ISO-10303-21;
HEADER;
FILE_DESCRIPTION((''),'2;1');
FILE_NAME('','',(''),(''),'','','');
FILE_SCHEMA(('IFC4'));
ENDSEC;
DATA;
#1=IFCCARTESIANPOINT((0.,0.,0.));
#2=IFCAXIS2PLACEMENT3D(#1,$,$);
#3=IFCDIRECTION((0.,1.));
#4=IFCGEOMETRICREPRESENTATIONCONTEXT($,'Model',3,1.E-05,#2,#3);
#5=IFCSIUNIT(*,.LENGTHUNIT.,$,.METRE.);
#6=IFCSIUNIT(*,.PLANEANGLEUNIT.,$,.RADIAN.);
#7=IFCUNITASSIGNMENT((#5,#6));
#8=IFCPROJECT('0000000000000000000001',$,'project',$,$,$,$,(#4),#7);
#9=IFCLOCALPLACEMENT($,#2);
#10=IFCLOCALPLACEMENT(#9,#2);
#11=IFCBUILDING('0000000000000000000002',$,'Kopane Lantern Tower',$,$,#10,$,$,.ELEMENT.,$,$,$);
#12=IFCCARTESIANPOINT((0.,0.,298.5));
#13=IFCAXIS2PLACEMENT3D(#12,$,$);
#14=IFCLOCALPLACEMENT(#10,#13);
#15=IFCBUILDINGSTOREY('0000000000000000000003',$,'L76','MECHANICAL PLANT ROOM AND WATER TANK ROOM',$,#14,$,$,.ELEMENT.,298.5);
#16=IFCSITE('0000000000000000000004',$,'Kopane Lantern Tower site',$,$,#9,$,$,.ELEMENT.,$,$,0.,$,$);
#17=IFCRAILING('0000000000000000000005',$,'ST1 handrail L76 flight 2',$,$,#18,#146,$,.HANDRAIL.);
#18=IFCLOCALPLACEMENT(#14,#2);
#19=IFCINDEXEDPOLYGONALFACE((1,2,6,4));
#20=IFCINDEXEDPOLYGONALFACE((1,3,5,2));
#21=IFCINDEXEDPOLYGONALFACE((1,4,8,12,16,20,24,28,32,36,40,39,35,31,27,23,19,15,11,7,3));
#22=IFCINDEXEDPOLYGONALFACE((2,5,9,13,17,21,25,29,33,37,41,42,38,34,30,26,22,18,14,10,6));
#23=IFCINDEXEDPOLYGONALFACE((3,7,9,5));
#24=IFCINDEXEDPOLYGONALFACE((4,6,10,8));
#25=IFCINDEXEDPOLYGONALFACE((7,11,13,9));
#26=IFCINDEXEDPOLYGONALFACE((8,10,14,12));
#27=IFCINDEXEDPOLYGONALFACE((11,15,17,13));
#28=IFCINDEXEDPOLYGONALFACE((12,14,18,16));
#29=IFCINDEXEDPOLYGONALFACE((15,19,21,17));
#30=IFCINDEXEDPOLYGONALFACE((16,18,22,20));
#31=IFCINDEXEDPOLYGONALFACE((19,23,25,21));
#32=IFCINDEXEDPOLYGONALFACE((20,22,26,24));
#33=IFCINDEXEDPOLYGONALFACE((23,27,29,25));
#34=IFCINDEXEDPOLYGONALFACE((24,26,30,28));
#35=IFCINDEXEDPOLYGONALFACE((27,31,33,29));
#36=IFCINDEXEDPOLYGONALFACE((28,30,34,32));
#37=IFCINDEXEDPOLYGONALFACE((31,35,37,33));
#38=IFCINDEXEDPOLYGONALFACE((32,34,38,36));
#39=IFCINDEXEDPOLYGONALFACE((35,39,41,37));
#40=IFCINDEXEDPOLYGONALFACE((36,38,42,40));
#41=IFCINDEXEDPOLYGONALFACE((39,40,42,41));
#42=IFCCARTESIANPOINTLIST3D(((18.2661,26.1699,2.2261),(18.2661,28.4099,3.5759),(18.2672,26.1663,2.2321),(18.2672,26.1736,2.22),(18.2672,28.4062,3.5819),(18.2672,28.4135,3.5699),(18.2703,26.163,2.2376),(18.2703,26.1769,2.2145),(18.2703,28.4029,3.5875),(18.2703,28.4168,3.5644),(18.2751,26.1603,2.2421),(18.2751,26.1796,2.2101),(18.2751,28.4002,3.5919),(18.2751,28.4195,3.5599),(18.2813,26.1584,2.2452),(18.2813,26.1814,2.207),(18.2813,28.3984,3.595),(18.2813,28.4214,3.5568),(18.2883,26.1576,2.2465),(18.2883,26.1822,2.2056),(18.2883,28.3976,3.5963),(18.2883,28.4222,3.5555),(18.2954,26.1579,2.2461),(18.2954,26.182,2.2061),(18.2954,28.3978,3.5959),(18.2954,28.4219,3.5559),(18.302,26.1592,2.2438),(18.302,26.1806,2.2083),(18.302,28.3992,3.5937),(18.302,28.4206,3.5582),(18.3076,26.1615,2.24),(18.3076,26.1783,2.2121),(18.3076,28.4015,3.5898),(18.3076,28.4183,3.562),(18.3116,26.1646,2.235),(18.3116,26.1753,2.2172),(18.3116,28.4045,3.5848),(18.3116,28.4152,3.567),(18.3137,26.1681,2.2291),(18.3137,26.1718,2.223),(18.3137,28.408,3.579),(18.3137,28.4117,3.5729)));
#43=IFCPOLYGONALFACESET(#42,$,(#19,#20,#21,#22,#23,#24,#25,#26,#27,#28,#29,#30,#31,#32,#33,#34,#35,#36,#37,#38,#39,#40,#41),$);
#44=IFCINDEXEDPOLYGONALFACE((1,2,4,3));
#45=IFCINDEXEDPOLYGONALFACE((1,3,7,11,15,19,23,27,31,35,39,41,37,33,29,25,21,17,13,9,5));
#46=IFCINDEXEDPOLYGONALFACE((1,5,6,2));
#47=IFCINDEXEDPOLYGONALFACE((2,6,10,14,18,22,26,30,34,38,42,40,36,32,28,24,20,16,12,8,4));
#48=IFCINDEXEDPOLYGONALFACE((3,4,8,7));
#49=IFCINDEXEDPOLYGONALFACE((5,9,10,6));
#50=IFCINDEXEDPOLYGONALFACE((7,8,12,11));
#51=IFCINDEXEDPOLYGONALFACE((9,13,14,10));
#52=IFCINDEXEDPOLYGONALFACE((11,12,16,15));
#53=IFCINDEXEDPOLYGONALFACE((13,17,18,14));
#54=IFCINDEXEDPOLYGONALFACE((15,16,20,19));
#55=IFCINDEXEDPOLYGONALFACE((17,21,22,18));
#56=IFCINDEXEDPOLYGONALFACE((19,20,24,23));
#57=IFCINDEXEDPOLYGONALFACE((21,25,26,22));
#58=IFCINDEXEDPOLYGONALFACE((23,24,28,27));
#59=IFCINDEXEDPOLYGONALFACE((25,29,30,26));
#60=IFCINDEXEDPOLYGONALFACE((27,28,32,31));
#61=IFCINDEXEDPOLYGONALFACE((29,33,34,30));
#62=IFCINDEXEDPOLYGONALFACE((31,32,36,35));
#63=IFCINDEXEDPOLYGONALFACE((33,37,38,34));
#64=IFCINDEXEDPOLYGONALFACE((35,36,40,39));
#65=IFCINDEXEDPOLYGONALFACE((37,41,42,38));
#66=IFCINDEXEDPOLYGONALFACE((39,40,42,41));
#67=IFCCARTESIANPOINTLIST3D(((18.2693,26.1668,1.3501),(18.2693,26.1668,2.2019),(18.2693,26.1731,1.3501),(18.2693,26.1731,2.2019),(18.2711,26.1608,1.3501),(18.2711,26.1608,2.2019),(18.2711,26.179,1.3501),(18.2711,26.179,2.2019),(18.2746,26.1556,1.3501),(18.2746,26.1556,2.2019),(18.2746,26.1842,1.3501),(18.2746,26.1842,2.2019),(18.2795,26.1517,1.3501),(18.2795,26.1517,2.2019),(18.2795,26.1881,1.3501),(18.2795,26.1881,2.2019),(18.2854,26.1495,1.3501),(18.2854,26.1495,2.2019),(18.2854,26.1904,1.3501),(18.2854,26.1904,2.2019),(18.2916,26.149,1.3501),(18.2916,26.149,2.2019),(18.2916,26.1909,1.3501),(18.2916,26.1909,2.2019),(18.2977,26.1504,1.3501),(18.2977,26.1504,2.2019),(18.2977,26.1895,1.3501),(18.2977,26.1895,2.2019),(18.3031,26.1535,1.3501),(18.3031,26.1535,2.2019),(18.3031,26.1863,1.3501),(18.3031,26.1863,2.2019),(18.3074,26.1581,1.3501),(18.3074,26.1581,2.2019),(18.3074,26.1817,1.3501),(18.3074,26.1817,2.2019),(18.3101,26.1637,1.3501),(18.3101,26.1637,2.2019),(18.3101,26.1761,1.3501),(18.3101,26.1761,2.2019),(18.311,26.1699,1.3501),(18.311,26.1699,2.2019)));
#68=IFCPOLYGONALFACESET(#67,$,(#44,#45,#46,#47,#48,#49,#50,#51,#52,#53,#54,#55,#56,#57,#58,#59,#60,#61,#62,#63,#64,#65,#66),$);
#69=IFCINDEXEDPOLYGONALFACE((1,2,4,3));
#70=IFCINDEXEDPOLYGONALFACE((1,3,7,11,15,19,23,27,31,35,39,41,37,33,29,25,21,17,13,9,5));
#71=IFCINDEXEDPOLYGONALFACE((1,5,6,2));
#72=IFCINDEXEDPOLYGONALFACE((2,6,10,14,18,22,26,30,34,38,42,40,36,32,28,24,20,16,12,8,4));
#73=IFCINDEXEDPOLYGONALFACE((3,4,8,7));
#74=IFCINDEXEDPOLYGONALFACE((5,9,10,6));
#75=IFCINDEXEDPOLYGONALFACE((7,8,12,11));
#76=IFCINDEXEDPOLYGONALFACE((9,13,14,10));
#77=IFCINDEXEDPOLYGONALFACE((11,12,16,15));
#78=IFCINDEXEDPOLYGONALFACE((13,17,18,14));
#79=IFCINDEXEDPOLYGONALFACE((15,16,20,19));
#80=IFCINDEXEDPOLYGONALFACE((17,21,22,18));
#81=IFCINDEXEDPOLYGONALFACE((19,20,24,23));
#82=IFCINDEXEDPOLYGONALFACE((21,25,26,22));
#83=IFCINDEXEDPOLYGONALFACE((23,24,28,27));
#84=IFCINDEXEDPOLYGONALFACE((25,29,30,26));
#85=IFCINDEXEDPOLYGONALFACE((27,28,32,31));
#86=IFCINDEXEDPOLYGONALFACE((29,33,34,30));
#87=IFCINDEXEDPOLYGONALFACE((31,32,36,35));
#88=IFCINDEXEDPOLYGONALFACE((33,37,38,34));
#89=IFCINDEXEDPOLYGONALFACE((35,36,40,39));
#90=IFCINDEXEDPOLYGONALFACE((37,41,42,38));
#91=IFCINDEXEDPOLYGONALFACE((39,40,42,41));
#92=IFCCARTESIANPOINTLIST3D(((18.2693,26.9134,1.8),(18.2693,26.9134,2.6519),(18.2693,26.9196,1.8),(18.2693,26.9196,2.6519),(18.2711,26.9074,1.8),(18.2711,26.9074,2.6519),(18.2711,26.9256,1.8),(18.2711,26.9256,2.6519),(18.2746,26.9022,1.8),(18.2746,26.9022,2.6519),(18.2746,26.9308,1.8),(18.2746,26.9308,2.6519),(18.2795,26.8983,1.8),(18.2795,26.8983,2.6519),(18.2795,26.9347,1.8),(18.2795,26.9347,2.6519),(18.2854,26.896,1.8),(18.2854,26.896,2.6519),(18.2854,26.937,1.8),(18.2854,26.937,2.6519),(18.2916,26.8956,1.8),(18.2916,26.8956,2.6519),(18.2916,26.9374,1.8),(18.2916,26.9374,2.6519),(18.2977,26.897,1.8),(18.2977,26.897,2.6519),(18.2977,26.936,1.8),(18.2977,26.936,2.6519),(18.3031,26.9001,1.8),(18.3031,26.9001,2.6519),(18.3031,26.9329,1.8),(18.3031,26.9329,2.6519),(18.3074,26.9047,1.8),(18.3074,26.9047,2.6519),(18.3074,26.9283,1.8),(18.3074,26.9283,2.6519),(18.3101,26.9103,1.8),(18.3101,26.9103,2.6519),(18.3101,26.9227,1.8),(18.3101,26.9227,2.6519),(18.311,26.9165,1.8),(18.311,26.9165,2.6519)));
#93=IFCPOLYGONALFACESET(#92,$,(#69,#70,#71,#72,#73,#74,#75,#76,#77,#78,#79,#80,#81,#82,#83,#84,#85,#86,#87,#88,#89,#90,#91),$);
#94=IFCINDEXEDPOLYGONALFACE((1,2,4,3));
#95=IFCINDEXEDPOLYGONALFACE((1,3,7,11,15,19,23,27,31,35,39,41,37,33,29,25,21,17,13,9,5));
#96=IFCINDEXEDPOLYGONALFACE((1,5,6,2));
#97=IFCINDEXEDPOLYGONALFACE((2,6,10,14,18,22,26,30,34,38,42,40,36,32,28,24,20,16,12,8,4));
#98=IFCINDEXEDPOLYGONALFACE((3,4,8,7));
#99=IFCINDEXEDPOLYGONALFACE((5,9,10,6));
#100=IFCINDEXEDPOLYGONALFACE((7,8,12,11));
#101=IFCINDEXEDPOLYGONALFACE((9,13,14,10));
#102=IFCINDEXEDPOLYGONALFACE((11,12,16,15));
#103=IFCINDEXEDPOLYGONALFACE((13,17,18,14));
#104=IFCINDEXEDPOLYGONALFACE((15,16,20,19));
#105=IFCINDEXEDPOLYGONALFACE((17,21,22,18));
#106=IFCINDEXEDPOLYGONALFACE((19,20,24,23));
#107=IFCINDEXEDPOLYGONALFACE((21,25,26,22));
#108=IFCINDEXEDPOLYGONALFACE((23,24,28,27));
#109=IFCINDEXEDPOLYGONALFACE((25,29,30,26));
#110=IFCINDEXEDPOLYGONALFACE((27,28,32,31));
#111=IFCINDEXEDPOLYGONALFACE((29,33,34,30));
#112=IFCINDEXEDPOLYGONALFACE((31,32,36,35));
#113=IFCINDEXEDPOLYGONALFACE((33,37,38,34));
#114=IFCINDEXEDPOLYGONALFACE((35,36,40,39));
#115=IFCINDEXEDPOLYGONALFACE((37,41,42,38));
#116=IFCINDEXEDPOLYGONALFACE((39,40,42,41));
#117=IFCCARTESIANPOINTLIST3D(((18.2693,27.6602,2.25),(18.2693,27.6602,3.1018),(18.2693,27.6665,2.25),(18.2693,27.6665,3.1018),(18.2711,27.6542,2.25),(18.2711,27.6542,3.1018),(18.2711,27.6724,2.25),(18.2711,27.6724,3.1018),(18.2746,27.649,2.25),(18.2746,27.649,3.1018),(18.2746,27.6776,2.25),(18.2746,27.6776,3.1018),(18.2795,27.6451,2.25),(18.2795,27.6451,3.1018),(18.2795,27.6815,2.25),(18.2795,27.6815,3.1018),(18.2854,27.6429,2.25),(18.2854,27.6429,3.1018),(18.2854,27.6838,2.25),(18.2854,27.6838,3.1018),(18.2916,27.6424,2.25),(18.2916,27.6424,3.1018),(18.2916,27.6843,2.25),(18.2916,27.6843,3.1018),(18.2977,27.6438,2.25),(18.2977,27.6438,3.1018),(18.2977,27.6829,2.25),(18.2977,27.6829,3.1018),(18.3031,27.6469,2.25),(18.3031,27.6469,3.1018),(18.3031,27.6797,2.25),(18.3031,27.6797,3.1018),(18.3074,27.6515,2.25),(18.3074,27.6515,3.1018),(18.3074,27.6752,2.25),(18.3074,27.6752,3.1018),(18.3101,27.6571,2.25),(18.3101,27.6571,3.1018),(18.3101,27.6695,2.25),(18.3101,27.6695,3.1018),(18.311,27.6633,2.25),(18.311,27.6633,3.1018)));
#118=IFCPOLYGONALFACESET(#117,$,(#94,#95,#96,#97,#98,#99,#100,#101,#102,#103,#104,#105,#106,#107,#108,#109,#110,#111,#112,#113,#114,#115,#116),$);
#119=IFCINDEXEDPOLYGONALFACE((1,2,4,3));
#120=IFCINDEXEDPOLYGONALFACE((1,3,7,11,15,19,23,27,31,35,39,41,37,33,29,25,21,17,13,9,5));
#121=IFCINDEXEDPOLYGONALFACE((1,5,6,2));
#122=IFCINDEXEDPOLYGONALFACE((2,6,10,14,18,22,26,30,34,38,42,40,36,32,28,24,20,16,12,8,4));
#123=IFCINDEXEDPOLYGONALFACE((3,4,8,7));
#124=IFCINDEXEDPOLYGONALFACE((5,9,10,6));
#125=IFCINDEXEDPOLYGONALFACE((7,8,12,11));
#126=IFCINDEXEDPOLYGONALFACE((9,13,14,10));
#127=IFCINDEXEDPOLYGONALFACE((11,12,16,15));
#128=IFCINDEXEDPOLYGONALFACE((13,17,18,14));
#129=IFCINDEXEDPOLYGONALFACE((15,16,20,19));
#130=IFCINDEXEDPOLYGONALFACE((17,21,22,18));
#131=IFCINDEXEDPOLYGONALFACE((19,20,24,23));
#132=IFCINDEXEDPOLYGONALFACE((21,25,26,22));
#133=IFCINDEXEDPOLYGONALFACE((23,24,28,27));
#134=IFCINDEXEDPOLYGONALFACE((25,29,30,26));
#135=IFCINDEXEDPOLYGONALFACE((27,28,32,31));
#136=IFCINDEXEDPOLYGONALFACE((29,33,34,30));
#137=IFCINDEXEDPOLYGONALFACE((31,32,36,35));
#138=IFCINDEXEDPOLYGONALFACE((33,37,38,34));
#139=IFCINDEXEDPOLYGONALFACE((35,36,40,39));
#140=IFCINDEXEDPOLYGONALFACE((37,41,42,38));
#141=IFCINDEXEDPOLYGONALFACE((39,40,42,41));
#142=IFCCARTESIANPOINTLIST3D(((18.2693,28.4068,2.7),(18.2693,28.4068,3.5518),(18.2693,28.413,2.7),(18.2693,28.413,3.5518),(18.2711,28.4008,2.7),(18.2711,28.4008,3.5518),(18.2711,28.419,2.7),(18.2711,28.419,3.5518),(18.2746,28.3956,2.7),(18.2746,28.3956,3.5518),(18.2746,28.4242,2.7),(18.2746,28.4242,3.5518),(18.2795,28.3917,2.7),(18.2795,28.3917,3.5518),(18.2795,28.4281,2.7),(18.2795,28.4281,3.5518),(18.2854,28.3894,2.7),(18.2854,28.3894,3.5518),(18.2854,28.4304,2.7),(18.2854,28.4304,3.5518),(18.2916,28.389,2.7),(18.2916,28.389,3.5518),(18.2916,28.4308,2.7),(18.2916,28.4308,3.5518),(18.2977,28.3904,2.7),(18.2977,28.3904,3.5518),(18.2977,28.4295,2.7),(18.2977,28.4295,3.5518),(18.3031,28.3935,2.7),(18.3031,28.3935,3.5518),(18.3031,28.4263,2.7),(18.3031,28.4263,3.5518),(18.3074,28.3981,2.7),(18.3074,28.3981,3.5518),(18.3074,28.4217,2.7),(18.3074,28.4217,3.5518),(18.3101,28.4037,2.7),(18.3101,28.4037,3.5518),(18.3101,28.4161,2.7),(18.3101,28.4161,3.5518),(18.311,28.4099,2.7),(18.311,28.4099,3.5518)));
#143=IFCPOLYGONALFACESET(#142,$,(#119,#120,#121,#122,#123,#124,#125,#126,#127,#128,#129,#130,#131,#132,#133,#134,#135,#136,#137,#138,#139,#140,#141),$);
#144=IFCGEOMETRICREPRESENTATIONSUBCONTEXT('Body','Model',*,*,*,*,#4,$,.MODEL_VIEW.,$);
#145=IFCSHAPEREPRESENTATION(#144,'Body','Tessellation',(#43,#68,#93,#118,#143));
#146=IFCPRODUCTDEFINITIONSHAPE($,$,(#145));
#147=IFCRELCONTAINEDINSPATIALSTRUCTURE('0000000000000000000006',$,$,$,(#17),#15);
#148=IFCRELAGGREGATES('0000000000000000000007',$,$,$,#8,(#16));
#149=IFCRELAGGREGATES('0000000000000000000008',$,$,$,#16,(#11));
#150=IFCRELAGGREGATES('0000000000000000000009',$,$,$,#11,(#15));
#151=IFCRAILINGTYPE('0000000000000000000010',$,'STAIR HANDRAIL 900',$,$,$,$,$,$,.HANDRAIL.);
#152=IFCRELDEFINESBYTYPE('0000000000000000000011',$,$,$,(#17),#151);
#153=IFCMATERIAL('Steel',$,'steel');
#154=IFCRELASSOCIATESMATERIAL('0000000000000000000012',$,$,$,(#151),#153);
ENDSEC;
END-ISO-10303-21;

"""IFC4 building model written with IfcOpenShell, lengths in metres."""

from ifc_helpers import new_model, si_unit, direction, frame, origin, origin_2d, place, context, subcontext, project, spatial, circle, extrude, material, type_object, element, save


model = new_model("IFC4")

# Units and contexts
model_context = context("Model", 3, precision=1e-05, world=origin(), true_north=direction((0.0, 1.0)))
body_context = subcontext(model_context, "Body", "Model", "MODEL_VIEW")
ifc_project = project(units=[si_unit("LENGTHUNIT", "METRE"), si_unit("PLANEANGLEUNIT", "RADIAN")], contexts=[model_context])

# Site, building, storey
site_placement = place(None, origin())
site = spatial("IfcSite", under=ifc_project, at=site_placement, Name="Kopane Lantern Tower site", CompositionType="ELEMENT", RefElevation=0.0)
building_placement = place(site_placement, origin())
building = spatial("IfcBuilding", under=site, at=building_placement, Name="Kopane Lantern Tower", CompositionType="ELEMENT")
storey_placement = place(building_placement, frame((0.0, 0.0, 298.5)))
storey = spatial("IfcBuildingStorey", under=building, at=storey_placement, Name="L76", Description="MECHANICAL PLANT ROOM AND WATER TANK ROOM", CompositionType="ELEMENT", Elevation=298.5)

# Railing
ifc_material_1 = material(Name="Steel", Category="steel")
railing_type = type_object("IfcRailingType", Name="STAIR HANDRAIL 900", PredefinedType="HANDRAIL", material=ifc_material_1)
for number, where, name in (
    (1, (18.29, 26.1699, 1.3501), "ST1 handrail L76 flight 2"),
):
    element("IfcRailing", number, at=place(storey_placement, frame(where)), inside=storey, type_object=railing_type, Name=name, PredefinedType="HANDRAIL", context=body_context, shape_type="SweptSolid", body=[
        extrude(circle(Radius=0.0239, at=origin_2d()), frame((0.0, 0.0, 0.876), z_axis=(0.0, 0.856503, 0.516142), x_axis=(-1.0, 0.0, 0.0)), (0.0, 0.0, 1.0), 2.6152),
        extrude(circle(Radius=0.021, at=origin_2d()), origin(), (0.0, 0.0, 1.0), 0.8518),
        extrude(circle(Radius=0.021, at=origin_2d()), frame((0.0, 0.7466, 0.45)), (0.0, 0.0, 1.0), 0.8518),
        extrude(circle(Radius=0.021, at=origin_2d()), frame((0.0, 1.4934, 0.8999)), (0.0, 0.0, 1.0), 0.8518),
        extrude(circle(Radius=0.021, at=origin_2d()), frame((0.0, 2.24, 1.3499)), (0.0, 0.0, 1.0), 0.8518),
    ])

save(model, "model.ifc")
